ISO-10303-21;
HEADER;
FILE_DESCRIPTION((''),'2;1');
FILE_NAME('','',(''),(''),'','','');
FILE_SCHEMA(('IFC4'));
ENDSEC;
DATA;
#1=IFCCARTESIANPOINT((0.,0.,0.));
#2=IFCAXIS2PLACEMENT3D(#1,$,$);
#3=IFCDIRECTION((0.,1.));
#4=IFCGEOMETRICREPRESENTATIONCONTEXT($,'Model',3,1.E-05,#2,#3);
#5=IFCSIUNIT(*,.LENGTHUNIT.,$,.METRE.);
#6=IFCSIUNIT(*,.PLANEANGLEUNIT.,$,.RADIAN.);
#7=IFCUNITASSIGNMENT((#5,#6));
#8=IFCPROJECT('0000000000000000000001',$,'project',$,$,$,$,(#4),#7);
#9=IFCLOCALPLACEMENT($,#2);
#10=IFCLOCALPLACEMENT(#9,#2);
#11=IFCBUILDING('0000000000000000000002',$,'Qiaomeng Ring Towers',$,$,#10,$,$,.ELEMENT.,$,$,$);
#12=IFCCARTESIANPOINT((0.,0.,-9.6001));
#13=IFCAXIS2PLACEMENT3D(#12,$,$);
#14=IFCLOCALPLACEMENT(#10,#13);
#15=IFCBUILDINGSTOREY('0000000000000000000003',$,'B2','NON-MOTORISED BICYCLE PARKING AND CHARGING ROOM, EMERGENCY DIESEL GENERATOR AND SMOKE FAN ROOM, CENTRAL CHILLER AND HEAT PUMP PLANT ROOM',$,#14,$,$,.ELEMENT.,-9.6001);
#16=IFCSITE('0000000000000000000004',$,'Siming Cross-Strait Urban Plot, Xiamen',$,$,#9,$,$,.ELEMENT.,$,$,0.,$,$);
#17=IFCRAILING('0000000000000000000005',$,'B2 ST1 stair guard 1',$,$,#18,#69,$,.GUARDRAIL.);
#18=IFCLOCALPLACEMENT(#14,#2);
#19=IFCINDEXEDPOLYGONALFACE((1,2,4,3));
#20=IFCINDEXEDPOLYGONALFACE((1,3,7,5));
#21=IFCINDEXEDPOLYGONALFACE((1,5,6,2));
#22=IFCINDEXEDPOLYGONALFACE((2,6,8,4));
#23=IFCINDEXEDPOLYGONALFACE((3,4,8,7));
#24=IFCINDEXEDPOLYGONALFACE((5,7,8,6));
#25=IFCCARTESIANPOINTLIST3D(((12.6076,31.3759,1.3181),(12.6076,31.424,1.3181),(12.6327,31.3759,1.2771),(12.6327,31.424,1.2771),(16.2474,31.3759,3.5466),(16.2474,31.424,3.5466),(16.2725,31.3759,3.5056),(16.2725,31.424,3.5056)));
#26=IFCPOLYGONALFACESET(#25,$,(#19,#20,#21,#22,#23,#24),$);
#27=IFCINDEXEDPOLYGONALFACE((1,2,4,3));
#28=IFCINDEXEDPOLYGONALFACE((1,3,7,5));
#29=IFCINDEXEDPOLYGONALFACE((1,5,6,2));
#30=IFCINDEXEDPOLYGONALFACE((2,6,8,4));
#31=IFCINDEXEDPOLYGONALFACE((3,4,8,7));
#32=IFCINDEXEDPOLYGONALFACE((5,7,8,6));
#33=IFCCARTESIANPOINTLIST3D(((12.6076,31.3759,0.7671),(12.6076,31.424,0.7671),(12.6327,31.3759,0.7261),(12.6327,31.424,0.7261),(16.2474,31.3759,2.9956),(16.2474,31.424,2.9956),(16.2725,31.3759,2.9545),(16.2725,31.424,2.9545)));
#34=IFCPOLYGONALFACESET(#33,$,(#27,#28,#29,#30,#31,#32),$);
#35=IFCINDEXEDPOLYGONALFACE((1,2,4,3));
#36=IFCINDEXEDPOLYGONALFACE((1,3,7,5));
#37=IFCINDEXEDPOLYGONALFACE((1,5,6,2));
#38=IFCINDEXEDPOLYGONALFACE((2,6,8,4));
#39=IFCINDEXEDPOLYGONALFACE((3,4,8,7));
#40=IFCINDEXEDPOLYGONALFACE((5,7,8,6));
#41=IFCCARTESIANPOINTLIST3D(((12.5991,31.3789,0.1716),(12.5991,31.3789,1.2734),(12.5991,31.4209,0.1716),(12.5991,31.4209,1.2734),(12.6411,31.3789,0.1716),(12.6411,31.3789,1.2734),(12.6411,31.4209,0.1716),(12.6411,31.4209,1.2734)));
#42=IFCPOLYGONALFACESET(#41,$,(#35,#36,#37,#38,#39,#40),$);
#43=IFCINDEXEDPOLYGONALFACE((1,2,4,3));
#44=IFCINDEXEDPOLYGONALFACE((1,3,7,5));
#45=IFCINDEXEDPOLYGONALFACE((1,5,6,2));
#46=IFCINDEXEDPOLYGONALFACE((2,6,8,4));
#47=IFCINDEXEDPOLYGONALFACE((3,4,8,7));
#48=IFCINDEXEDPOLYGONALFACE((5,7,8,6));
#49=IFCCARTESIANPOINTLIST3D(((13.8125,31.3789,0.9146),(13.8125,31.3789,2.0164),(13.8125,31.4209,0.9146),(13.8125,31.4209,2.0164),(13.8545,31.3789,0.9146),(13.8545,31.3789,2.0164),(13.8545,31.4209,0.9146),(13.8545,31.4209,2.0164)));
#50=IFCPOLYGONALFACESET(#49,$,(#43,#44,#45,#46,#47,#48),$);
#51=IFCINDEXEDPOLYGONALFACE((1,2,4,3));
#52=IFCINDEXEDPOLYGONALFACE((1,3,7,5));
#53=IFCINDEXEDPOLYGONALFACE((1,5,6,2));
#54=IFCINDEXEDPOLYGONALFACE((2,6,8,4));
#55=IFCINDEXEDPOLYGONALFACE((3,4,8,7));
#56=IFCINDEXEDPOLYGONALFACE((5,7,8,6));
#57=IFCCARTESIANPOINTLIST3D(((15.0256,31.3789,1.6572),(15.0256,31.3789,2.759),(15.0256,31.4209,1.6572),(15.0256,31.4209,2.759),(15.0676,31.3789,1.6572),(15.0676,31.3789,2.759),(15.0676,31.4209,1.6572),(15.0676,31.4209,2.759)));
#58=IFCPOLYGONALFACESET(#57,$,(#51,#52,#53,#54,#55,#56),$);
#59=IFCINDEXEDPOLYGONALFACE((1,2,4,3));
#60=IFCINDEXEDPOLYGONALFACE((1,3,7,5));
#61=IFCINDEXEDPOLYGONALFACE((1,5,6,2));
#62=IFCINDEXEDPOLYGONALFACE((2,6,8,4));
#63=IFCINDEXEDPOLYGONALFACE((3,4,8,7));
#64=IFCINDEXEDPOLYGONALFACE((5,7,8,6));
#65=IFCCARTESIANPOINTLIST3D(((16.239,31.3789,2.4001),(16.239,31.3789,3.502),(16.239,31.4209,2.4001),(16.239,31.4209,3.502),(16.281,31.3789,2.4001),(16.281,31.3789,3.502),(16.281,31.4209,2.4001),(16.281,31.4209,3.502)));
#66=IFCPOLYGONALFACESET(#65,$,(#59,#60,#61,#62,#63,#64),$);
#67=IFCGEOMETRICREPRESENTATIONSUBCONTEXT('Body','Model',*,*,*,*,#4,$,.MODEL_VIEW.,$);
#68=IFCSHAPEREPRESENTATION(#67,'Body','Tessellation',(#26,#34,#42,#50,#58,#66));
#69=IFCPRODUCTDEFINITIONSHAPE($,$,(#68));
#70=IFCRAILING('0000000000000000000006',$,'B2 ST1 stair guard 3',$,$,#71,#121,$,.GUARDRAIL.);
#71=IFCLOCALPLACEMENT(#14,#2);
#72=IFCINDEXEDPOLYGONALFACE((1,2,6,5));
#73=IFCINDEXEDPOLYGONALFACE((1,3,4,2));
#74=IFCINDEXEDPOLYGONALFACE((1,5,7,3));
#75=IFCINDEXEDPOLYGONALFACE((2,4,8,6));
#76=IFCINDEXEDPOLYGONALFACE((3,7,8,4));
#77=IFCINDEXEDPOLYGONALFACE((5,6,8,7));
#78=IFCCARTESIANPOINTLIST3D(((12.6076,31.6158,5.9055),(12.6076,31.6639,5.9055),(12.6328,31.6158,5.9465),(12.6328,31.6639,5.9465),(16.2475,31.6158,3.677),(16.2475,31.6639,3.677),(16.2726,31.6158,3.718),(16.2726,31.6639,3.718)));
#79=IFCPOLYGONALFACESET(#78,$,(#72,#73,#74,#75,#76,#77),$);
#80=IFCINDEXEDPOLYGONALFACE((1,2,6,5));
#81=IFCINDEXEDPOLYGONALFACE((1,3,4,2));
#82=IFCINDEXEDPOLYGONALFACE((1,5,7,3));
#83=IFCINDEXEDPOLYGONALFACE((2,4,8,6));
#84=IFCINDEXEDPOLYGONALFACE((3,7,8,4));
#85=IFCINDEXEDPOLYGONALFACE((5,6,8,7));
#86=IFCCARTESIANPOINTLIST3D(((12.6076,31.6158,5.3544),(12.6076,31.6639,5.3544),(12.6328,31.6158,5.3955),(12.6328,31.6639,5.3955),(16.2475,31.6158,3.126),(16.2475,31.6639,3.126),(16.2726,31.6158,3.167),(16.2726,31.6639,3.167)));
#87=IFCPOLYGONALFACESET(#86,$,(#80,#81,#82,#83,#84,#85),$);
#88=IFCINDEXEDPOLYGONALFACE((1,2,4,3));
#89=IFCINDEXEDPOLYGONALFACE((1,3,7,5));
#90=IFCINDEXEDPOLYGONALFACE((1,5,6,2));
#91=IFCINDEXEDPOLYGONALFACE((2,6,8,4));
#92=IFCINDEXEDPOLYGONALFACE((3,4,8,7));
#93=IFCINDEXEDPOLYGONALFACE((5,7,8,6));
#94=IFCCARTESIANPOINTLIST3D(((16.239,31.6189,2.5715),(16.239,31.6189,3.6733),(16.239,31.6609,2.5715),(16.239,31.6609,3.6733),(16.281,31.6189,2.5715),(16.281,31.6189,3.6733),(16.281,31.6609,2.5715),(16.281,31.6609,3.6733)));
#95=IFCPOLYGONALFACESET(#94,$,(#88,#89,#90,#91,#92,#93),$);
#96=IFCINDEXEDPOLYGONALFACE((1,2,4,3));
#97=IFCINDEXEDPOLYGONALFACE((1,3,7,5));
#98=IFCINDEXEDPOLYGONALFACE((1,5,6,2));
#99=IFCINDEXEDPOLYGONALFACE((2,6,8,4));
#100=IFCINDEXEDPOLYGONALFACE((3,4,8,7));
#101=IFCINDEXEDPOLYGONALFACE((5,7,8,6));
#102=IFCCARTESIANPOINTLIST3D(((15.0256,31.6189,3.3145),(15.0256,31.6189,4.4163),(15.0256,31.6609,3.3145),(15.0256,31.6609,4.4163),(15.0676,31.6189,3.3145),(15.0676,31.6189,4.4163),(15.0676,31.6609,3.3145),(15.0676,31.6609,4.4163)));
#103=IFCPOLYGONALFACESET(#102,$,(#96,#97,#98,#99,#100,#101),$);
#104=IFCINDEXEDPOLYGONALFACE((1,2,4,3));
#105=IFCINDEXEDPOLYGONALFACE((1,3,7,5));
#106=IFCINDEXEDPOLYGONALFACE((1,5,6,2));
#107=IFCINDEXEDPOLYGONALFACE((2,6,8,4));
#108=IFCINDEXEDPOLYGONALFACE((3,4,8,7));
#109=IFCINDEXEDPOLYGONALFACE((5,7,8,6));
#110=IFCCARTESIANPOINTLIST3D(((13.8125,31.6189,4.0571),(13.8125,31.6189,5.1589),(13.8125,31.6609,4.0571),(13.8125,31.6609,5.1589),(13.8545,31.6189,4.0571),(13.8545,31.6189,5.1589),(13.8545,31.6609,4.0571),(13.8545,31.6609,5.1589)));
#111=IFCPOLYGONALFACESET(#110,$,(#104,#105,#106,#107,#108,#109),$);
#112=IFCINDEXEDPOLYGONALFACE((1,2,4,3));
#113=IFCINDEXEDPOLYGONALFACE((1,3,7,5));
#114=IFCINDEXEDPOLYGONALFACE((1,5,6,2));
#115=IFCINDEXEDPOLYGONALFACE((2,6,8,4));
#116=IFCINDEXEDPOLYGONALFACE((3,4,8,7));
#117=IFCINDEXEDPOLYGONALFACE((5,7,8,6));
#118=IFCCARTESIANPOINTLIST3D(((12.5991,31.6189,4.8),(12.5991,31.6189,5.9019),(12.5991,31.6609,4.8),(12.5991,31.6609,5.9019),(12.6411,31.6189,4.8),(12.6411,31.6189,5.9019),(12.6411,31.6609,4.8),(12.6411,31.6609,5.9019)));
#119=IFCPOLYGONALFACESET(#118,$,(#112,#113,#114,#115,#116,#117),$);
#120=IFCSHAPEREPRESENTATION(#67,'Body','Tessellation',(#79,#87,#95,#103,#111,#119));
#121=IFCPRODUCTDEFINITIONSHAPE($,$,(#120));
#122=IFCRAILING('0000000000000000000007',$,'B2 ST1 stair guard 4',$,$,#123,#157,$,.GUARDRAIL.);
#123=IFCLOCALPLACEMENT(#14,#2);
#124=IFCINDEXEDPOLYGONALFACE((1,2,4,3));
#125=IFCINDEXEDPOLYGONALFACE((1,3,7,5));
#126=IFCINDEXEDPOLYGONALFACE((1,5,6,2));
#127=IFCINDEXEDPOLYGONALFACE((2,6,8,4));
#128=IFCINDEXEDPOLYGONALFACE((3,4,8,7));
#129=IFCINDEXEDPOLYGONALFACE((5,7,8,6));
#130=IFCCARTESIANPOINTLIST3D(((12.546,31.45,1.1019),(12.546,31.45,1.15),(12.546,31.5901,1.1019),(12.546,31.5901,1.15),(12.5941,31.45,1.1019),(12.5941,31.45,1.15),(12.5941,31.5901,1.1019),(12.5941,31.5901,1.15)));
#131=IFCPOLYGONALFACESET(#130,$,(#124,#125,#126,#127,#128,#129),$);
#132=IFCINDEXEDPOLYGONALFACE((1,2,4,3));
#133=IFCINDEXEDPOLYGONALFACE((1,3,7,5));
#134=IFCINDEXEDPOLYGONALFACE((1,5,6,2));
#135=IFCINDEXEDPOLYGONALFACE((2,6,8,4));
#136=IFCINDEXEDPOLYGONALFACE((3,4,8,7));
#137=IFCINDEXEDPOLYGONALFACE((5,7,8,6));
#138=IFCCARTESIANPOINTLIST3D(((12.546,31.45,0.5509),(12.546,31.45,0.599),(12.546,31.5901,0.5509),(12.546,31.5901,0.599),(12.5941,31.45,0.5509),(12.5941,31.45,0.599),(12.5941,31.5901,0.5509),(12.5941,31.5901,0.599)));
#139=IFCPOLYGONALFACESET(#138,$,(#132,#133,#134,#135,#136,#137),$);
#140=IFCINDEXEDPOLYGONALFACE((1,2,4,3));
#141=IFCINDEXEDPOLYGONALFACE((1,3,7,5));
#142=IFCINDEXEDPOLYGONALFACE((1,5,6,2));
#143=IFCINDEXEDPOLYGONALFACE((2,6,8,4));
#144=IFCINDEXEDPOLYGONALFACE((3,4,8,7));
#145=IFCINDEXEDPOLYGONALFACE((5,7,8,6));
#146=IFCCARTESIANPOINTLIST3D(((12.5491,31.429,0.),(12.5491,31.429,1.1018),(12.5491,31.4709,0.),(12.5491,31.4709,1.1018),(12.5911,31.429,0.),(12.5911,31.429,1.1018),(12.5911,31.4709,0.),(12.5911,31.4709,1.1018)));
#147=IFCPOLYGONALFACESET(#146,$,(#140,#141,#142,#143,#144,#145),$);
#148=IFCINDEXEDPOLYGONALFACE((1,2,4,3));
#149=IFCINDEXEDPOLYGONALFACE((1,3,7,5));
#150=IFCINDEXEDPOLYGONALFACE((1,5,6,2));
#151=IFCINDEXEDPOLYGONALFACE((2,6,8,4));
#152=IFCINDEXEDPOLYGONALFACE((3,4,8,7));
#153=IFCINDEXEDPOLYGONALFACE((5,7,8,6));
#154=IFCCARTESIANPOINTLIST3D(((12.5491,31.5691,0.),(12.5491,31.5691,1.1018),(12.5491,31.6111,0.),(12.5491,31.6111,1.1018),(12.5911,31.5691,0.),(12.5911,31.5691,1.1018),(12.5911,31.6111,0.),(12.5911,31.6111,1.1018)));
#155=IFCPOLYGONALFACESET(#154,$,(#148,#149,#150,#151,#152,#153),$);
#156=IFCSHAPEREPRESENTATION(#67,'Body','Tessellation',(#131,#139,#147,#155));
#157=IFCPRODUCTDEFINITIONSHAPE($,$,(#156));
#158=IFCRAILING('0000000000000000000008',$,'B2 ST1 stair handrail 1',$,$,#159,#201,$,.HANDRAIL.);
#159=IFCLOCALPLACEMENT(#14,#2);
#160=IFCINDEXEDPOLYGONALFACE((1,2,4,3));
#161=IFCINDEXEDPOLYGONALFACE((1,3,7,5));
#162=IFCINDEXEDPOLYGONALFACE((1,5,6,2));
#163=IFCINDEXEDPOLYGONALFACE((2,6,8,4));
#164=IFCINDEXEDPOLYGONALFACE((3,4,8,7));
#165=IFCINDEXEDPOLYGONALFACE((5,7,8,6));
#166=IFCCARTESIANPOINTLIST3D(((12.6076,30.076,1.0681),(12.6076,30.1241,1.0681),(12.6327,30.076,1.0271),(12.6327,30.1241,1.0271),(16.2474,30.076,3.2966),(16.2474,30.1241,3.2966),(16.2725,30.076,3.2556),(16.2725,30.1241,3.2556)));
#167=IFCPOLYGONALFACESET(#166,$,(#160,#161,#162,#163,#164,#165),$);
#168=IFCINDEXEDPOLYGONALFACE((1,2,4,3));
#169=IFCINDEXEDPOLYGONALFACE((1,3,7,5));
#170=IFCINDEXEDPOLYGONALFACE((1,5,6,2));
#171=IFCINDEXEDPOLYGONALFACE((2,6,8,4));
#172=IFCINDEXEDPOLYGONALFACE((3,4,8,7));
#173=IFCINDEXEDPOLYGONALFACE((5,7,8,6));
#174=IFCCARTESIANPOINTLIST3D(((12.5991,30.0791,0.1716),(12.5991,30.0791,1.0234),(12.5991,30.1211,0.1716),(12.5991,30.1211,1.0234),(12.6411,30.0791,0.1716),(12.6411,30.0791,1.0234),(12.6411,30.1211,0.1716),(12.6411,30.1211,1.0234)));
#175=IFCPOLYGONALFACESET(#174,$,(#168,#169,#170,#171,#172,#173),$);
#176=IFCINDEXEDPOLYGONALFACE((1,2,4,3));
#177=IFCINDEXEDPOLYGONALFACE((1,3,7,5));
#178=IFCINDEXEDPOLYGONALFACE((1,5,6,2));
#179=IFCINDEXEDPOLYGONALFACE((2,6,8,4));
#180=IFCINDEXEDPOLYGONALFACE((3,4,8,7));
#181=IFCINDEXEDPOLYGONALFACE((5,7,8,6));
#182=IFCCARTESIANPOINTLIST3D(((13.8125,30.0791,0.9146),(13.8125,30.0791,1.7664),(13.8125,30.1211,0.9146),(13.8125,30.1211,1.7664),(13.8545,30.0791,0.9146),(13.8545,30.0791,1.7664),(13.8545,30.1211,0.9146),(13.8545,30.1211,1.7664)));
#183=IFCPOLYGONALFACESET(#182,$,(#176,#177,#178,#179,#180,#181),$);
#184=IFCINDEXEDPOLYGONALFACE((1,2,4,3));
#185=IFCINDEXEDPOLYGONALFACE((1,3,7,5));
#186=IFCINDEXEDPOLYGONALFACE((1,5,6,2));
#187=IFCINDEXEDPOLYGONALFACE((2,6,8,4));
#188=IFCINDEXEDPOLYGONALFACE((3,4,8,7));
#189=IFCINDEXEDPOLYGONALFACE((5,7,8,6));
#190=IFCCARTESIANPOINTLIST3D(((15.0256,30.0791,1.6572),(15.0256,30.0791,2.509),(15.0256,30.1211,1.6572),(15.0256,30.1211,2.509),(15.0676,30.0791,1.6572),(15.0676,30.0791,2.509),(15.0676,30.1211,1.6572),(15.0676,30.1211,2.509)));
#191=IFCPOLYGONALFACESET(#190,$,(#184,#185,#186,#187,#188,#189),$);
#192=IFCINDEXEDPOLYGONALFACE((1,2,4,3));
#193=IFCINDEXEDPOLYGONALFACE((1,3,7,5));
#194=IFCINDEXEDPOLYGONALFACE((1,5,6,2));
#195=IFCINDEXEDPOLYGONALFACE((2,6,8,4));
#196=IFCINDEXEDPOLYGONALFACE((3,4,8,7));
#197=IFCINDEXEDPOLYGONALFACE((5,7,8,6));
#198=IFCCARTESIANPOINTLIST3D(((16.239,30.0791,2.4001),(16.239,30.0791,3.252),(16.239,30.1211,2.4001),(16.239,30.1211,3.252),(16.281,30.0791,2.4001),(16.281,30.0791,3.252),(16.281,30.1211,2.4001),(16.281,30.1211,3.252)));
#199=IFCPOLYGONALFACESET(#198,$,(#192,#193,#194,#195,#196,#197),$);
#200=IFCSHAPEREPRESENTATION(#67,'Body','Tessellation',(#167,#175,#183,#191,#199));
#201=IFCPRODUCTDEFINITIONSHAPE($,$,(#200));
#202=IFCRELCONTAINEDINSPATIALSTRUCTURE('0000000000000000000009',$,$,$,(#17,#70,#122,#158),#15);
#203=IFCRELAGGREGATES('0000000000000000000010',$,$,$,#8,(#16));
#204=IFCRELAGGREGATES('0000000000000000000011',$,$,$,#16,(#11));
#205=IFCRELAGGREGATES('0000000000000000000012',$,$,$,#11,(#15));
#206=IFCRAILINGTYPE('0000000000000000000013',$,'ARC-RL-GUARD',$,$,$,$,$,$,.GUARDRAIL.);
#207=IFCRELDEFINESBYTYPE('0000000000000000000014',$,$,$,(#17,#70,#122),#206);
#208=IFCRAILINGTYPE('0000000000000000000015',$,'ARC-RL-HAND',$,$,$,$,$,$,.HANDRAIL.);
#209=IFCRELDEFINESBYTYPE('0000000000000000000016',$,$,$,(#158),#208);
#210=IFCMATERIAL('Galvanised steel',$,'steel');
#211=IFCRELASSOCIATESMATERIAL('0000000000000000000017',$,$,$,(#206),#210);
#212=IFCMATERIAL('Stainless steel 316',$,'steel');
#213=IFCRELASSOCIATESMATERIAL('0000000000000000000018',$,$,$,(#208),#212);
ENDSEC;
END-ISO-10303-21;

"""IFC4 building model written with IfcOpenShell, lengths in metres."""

from ifc_helpers import new_model, si_unit, direction, frame, origin, origin_2d, place, context, subcontext, project, spatial, rectangle, extrude, material, type_object, element, save


model = new_model("IFC4")

# Units and contexts
model_context = context("Model", 3, precision=1e-05, world=origin(), true_north=direction((0.0, 1.0)))
body_context = subcontext(model_context, "Body", "Model", "MODEL_VIEW")
ifc_project = project(units=[si_unit("LENGTHUNIT", "METRE"), si_unit("PLANEANGLEUNIT", "RADIAN")], contexts=[model_context])

# Site, building, storey
site_placement = place(None, origin())
site = spatial("IfcSite", under=ifc_project, at=site_placement, Name="Siming Cross-Strait Urban Plot, Xiamen", CompositionType="ELEMENT", RefElevation=0.0)
building_placement = place(site_placement, origin())
building = spatial("IfcBuilding", under=site, at=building_placement, Name="Qiaomeng Ring Towers", CompositionType="ELEMENT")
storey_placement = place(building_placement, frame((0.0, 0.0, -9.6001)))
storey = spatial("IfcBuildingStorey", under=building, at=storey_placement, Name="B2", Description="NON-MOTORISED BICYCLE PARKING AND CHARGING ROOM, EMERGENCY DIESEL GENERATOR AND SMOKE FAN ROOM, CENTRAL CHILLER AND HEAT PUMP PLANT ROOM", CompositionType="ELEMENT", Elevation=-9.6001)

# Shared definitions
ifc_material_1 = material(Name="Galvanised steel", Category="steel")

# Railings
railing_type_1 = type_object("IfcRailingType", Name="ARC-RL-GUARD", PredefinedType="GUARDRAIL", material=ifc_material_1)
railing_1_placement = place(storey_placement, frame((12.6201, 31.3999, 0.1716)))
element("IfcRailing", 1, at=railing_1_placement, inside=storey, type_object=railing_type_1, Name="B2 ST1 stair guard 1", PredefinedType="GUARDRAIL", context=body_context, shape_type="SweptSolid", body=[
    extrude(rectangle(XDim=0.0481, YDim=0.0481, at=origin_2d()), frame((0.0, 0.0, 1.126), z_axis=(0.85285, 0.0, 0.522156), x_axis=(0.0, 1.0, 0.0)), (0.0, 0.0, 1.0), 4.2678),
    extrude(rectangle(XDim=0.0481, YDim=0.0481, at=origin_2d()), frame((0.0, 0.0, 0.575), z_axis=(0.85285, 0.0, 0.522156), x_axis=(0.0, 1.0, 0.0)), (0.0, 0.0, 1.0), 4.2678),
    extrude(rectangle(XDim=0.042, YDim=0.042, at=origin_2d()), origin(), (0.0, 0.0, 1.0), 1.1018),
    extrude(rectangle(XDim=0.042, YDim=0.042, at=origin_2d()), frame((1.2134, 0.0, 0.7429)), (0.0, 0.0, 1.0), 1.1018),
    extrude(rectangle(XDim=0.042, YDim=0.042, at=origin_2d()), frame((2.4265, 0.0, 1.4856)), (0.0, 0.0, 1.0), 1.1018),
    extrude(rectangle(XDim=0.042, YDim=0.042, at=origin_2d()), frame((3.6399, 0.0, 2.2285)), (0.0, 0.0, 1.0), 1.1018),
])
railing_2_placement = place(storey_placement, frame((16.26, 31.6399, 2.5715)))
element("IfcRailing", 2, at=railing_2_placement, inside=storey, type_object=railing_type_1, Name="B2 ST1 stair guard 3", PredefinedType="GUARDRAIL", context=body_context, shape_type="SweptSolid", body=[
    extrude(rectangle(XDim=0.0481, YDim=0.0481, at=origin_2d()), frame((0.0, 0.0, 1.126), z_axis=(-0.85285, 0.0, 0.522156), x_axis=(0.0, -1.0, 0.0)), (0.0, 0.0, 1.0), 4.2678),
    extrude(rectangle(XDim=0.0481, YDim=0.0481, at=origin_2d()), frame((0.0, 0.0, 0.575), z_axis=(-0.85285, 0.0, 0.522156), x_axis=(0.0, -1.0, 0.0)), (0.0, 0.0, 1.0), 4.2678),
    extrude(rectangle(XDim=0.042, YDim=0.042, at=origin_2d()), origin(), (0.0, 0.0, 1.0), 1.1018),
    extrude(rectangle(XDim=0.042, YDim=0.042, at=origin_2d()), frame((-1.2134, 0.0, 0.7429)), (0.0, 0.0, 1.0), 1.1018),
    extrude(rectangle(XDim=0.042, YDim=0.042, at=origin_2d()), frame((-2.4265, 0.0, 1.4856)), (0.0, 0.0, 1.0), 1.1018),
    extrude(rectangle(XDim=0.042, YDim=0.042, at=origin_2d()), frame((-3.6399, 0.0, 2.2285)), (0.0, 0.0, 1.0), 1.1018),
])
railing_3_placement = place(storey_placement, frame((12.5701, 31.45, 0.0)))
element("IfcRailing", 3, at=railing_3_placement, inside=storey, type_object=railing_type_1, Name="B2 ST1 stair guard 4", PredefinedType="GUARDRAIL", context=body_context, shape_type="SweptSolid", body=[
    extrude(rectangle(XDim=0.0481, YDim=0.0481, at=origin_2d()), frame((0.0, 0.0, 1.126), z_axis=(0.0, 1.0, 0.0), x_axis=(-1.0, 0.0, 0.0)), (0.0, 0.0, 1.0), 0.1401),
    extrude(rectangle(XDim=0.0481, YDim=0.0481, at=origin_2d()), frame((0.0, 0.0, 0.575), z_axis=(0.0, 1.0, 0.0), x_axis=(-1.0, 0.0, 0.0)), (0.0, 0.0, 1.0), 0.1401),
    extrude(rectangle(XDim=0.042, YDim=0.042, at=origin_2d()), origin(), (0.0, 0.0, 1.0), 1.1018),
    extrude(rectangle(XDim=0.042, YDim=0.042, at=origin_2d()), frame((0.0, 0.1401, 0.0)), (0.0, 0.0, 1.0), 1.1018),
])
ifc_material_2 = material(Name="Stainless steel 316", Category="steel")
railing_type_2 = type_object("IfcRailingType", Name="ARC-RL-HAND", PredefinedType="HANDRAIL", material=ifc_material_2)
railing_4_placement = place(storey_placement, frame((12.6201, 30.1001, 0.1716)))
element("IfcRailing", 4, at=railing_4_placement, inside=storey, type_object=railing_type_2, Name="B2 ST1 stair handrail 1", PredefinedType="HANDRAIL", context=body_context, shape_type="SweptSolid", body=[
    extrude(rectangle(XDim=0.0481, YDim=0.0481, at=origin_2d()), frame((0.0, 0.0, 0.876), z_axis=(0.85285, 0.0, 0.522156), x_axis=(0.0, 1.0, 0.0)), (0.0, 0.0, 1.0), 4.2678),
    extrude(rectangle(XDim=0.042, YDim=0.042, at=origin_2d()), origin(), (0.0, 0.0, 1.0), 0.8518),
    extrude(rectangle(XDim=0.042, YDim=0.042, at=origin_2d()), frame((1.2134, 0.0, 0.7429)), (0.0, 0.0, 1.0), 0.8518),
    extrude(rectangle(XDim=0.042, YDim=0.042, at=origin_2d()), frame((2.4265, 0.0, 1.4856)), (0.0, 0.0, 1.0), 0.8518),
    extrude(rectangle(XDim=0.042, YDim=0.042, at=origin_2d()), frame((3.6399, 0.0, 2.2285)), (0.0, 0.0, 1.0), 0.8518),
])

save(model, "model.ifc")
